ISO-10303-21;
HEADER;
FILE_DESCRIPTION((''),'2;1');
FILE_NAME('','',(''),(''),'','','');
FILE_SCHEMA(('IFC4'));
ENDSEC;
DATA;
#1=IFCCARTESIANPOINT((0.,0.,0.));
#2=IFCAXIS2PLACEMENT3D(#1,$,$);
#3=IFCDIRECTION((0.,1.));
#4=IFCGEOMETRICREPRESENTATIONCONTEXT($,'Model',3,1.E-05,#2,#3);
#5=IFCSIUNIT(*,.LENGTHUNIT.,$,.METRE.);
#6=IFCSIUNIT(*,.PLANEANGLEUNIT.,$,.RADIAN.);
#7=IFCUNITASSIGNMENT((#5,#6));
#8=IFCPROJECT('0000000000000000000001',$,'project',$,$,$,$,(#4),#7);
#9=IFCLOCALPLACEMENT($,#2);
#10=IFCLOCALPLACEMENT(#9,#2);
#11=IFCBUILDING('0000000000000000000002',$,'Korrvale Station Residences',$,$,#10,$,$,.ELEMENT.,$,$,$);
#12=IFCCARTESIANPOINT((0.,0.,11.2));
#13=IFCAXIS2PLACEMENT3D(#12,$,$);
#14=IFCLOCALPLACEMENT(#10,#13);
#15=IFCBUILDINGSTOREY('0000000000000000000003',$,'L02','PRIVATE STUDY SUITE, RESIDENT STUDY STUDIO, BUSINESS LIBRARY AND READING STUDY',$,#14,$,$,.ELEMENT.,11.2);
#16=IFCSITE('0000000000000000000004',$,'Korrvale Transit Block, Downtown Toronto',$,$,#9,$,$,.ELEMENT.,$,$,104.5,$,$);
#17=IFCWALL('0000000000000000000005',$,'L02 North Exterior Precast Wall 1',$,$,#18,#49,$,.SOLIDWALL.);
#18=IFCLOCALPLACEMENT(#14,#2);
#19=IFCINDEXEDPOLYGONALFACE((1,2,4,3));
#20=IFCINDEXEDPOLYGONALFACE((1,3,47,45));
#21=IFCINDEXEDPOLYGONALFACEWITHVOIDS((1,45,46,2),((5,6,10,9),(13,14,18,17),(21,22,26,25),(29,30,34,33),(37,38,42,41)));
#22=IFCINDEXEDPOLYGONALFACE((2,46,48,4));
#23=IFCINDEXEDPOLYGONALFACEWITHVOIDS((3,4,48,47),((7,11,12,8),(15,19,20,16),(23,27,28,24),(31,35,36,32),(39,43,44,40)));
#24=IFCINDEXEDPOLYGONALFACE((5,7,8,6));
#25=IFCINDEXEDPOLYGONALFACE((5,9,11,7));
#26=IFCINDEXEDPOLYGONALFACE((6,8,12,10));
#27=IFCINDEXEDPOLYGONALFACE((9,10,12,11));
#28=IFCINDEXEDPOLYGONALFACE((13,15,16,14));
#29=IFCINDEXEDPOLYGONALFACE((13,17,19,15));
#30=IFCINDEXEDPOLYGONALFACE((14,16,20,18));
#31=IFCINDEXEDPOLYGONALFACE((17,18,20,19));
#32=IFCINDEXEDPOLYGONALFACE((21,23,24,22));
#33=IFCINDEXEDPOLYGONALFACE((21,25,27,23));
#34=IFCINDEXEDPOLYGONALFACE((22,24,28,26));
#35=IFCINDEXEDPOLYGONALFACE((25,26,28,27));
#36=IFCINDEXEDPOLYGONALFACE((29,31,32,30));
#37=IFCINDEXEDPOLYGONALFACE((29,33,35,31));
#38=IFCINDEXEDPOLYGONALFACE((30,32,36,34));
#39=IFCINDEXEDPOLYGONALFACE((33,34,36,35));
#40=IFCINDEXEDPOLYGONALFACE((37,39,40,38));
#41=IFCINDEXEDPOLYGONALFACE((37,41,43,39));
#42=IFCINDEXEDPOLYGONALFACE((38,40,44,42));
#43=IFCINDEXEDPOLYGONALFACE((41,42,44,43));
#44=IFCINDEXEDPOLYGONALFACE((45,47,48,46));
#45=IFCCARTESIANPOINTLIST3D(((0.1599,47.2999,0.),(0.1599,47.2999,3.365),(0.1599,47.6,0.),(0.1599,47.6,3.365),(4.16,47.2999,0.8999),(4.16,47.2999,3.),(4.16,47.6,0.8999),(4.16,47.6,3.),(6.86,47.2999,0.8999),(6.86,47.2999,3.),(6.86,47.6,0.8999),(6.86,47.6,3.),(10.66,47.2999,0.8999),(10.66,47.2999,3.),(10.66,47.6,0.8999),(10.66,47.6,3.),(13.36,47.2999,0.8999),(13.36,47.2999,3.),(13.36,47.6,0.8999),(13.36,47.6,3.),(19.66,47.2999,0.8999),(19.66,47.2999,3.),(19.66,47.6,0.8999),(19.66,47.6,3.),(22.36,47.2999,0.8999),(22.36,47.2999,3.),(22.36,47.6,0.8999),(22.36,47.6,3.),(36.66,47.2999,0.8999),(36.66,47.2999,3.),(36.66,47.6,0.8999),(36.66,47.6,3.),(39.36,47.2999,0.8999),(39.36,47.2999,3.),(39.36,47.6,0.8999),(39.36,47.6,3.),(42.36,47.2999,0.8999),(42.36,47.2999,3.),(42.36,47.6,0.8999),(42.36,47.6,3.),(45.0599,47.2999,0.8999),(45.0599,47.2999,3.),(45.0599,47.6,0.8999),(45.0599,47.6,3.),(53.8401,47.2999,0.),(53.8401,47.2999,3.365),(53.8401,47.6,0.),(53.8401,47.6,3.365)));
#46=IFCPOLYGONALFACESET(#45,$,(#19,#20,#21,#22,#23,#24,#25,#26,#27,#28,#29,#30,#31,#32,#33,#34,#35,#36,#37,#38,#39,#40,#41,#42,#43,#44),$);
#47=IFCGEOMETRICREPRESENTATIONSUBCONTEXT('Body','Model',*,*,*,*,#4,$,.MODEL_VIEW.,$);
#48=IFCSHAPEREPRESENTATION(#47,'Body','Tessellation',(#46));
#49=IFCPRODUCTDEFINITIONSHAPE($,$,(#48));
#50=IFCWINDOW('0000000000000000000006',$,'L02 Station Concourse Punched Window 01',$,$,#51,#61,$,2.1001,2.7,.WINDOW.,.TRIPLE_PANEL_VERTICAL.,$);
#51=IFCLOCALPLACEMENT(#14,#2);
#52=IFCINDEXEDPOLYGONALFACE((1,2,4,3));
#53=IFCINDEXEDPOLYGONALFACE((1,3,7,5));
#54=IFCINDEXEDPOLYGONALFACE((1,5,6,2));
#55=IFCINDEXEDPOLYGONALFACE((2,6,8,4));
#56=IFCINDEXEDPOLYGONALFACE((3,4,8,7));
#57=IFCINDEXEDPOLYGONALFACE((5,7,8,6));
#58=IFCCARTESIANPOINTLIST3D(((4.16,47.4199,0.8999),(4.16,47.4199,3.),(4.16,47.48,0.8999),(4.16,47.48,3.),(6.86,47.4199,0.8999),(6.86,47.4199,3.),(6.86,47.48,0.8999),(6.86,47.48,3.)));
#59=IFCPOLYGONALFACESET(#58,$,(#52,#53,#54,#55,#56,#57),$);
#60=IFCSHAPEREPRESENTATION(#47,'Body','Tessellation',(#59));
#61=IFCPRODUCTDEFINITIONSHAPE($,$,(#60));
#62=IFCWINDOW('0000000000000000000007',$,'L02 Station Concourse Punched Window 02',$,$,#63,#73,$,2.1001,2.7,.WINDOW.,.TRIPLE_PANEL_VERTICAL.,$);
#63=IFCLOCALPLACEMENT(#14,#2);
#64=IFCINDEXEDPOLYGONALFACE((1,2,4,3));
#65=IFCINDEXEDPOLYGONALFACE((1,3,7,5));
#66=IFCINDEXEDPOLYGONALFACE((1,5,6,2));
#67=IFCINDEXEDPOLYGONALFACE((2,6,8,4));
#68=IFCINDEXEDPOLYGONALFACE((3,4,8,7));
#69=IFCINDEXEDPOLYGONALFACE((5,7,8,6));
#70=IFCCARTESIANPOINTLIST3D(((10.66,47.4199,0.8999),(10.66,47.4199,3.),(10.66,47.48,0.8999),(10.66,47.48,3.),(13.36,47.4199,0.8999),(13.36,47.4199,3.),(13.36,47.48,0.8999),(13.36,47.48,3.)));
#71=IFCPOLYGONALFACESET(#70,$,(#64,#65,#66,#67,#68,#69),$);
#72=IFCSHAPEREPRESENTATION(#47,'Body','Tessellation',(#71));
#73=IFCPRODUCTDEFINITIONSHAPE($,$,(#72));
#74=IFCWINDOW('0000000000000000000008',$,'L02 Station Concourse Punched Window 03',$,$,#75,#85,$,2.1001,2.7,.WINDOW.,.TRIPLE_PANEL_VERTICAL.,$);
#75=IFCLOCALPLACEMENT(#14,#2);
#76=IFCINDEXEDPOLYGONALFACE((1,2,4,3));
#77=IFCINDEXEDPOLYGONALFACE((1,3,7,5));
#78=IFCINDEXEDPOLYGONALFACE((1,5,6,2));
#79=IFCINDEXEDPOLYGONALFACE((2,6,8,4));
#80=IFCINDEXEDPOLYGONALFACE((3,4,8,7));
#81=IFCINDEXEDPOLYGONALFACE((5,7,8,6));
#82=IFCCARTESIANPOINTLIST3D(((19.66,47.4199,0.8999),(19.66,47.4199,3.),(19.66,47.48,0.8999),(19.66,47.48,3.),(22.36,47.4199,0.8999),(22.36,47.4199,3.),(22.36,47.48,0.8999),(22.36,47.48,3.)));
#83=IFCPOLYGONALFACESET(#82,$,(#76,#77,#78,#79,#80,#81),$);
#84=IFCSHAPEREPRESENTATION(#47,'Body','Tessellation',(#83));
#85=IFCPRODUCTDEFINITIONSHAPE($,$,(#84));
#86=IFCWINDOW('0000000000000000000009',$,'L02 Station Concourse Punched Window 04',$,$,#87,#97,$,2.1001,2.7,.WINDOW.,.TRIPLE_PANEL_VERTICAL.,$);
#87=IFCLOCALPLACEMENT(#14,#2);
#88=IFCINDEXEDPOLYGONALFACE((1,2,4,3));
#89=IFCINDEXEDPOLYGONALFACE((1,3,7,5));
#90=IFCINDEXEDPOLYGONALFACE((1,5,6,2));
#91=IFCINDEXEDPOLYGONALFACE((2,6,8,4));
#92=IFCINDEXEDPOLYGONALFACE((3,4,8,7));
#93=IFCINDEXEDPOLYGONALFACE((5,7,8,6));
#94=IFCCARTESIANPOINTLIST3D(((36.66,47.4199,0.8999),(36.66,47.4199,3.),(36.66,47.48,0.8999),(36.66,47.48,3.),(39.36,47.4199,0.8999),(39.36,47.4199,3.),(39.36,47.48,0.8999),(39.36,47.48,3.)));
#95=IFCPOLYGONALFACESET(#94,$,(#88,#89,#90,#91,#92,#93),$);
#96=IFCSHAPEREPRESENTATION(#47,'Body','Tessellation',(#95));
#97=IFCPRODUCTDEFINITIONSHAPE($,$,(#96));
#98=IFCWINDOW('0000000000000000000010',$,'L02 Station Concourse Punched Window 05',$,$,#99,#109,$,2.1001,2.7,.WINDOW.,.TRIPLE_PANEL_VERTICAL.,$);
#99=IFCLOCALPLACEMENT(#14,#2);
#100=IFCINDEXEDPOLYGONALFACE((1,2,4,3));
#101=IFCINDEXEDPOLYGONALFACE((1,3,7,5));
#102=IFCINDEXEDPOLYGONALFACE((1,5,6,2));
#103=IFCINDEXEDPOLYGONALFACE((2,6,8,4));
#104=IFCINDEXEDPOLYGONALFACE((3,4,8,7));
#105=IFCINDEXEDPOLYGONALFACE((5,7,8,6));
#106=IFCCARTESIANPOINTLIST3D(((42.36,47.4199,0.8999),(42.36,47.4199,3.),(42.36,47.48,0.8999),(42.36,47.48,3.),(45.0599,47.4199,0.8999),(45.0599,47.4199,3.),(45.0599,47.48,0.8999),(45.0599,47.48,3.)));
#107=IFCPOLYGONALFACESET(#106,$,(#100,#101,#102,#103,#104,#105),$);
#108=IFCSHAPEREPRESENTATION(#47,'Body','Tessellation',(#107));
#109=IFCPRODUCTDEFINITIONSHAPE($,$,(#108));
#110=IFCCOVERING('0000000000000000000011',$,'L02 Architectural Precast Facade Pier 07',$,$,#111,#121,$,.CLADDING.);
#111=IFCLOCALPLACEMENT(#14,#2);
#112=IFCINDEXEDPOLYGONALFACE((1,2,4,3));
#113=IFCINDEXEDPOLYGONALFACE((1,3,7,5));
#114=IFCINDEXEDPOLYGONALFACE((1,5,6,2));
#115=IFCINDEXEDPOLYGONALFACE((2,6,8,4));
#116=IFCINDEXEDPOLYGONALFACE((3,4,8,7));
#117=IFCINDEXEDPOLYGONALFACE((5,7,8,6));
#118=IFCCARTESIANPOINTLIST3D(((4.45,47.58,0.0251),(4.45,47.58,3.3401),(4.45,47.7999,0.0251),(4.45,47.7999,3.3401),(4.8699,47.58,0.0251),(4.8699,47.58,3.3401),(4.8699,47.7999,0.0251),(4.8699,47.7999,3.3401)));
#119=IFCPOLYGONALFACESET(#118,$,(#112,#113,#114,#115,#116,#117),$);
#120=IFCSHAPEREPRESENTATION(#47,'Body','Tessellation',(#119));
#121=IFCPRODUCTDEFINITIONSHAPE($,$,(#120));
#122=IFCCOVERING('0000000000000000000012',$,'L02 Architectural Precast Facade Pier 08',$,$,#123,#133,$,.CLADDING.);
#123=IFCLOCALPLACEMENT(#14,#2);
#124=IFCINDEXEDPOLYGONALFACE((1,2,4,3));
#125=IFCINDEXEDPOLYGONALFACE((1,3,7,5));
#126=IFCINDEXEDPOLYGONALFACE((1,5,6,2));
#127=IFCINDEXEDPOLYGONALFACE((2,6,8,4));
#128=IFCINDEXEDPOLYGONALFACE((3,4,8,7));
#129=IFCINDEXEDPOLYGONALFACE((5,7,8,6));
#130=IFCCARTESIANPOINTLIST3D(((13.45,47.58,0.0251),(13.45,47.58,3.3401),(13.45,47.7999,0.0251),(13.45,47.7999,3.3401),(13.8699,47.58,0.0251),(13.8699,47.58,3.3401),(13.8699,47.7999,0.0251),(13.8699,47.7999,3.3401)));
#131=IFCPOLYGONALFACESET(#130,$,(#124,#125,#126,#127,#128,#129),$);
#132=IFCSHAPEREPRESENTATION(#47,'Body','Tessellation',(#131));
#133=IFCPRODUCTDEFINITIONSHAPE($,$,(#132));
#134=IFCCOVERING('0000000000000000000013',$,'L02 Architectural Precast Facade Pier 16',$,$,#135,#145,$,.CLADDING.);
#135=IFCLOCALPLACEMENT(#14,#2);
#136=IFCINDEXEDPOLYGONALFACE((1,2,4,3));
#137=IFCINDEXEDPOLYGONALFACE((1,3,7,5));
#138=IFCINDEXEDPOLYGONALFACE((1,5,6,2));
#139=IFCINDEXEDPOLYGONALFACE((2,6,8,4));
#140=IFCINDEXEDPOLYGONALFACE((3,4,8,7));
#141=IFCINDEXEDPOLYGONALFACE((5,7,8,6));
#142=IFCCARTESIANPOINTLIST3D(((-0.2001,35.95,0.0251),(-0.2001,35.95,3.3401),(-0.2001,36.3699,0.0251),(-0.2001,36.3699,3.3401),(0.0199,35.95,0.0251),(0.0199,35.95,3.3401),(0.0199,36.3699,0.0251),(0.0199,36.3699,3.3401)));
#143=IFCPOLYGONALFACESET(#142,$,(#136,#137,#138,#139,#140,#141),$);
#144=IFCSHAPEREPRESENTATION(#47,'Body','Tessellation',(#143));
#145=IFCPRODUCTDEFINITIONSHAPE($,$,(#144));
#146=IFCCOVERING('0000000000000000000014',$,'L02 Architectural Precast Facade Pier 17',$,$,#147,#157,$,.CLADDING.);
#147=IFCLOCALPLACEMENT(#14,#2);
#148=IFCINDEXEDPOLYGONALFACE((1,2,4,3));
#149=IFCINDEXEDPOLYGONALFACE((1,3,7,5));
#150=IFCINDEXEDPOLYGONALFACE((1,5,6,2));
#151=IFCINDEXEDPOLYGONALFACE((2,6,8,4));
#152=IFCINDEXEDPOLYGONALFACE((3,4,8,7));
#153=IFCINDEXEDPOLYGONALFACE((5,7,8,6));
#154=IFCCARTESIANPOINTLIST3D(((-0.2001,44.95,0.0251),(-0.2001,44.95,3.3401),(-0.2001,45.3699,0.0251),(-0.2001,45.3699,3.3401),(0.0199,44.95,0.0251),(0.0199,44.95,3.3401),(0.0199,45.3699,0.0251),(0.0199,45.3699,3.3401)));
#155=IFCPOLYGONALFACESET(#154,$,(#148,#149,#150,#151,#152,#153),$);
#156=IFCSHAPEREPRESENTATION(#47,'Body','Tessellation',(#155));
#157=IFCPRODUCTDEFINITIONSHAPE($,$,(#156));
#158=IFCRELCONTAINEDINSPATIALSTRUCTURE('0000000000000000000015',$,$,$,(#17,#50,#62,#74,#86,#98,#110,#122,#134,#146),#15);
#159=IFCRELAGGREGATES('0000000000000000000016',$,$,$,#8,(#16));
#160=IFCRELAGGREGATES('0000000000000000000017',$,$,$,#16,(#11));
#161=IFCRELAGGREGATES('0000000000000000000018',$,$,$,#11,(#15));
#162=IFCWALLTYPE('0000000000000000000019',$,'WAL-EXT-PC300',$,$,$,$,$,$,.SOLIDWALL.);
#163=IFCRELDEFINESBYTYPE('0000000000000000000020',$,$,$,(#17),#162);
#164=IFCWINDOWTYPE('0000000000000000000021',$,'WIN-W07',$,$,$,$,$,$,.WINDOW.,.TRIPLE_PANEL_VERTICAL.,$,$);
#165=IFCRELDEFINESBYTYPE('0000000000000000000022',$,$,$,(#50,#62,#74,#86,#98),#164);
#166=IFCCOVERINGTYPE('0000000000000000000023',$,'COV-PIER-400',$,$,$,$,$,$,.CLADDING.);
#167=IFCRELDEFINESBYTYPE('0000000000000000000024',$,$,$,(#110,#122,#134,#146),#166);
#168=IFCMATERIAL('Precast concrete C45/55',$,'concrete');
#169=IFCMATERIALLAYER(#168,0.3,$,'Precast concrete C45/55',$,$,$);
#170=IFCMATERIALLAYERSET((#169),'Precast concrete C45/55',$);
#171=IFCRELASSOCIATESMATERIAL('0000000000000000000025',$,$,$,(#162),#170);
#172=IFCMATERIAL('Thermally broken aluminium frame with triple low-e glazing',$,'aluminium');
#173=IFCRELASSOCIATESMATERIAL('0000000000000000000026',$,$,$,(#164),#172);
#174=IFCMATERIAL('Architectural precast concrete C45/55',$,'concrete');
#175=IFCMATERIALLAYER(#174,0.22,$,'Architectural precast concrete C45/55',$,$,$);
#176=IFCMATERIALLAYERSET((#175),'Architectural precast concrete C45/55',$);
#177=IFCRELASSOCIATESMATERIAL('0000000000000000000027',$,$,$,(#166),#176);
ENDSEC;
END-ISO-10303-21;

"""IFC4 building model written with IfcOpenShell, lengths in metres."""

from ifc_helpers import new_model, si_unit, direction, frame, frame_2d, origin, origin_2d, place, context, subcontext, project, spatial, rectangle, extrude, material, layer, layer_set, type_object, element, fill, save


model = new_model("IFC4")

# Units and contexts
model_context = context("Model", 3, precision=1e-05, world=origin(), true_north=direction((0.0, 1.0)))
body_context = subcontext(model_context, "Body", "Model", "MODEL_VIEW")
ifc_project = project(units=[si_unit("LENGTHUNIT", "METRE"), si_unit("PLANEANGLEUNIT", "RADIAN")], contexts=[model_context])

# Site, building, storey
site_placement = place(None, origin())
site = spatial("IfcSite", under=ifc_project, at=site_placement, Name="Korrvale Transit Block, Downtown Toronto", CompositionType="ELEMENT", RefElevation=104.5)
building_placement = place(site_placement, origin())
building = spatial("IfcBuilding", under=site, at=building_placement, Name="Korrvale Station Residences", CompositionType="ELEMENT")
storey_placement = place(building_placement, frame((0.0, 0.0, 11.2)))
storey = spatial("IfcBuildingStorey", under=building, at=storey_placement, Name="L02", Description="PRIVATE STUDY SUITE, RESIDENT STUDY STUDIO, BUSINESS LIBRARY AND READING STUDY", CompositionType="ELEMENT", Elevation=11.2)

# Wall, openings, windows
ifc_material_1 = material(Name="Precast concrete C45/55", Category="concrete")
ifc_layer_1 = layer(ifc_material_1, 0.3, Name="Precast concrete C45/55")
ifc_layer_set_1 = layer_set([ifc_layer_1], Name="Precast concrete C45/55")
wall_type = type_object("IfcWallType", Name="WAL-EXT-PC300", PredefinedType="SOLIDWALL", material=ifc_layer_set_1)
wall_placement = place(storey_placement, frame((0.1599, 47.45, 0.0), z_axis=(0.0, 0.0, 1.0), x_axis=(1.0, 0.0, 0.0)))
wall = element("IfcWall", 1, at=wall_placement, inside=storey, type_object=wall_type, Name="L02 North Exterior Precast Wall 1", PredefinedType="SOLIDWALL", context=body_context, shape_type="SweptSolid", body=[
    extrude(rectangle(XDim=53.6802, YDim=0.3, at=frame_2d((26.8401, 0.0))), origin(), (0.0, 0.0, 1.0), 3.365),
])
opening_1_placement = place(wall_placement, frame((4.0, 0.0, 0.8999)))
opening_1 = element("IfcOpeningElement", 2, at=opening_1_placement, cuts=wall, PredefinedType="OPENING", context=body_context, shape_type="SweptSolid", body=[
    extrude(rectangle(XDim=2.7, YDim=2.1001, at=frame_2d((1.3501, 1.05))), frame((0.0, 0.1602, 0.0), z_axis=(0.0, -1.0, 0.0), x_axis=(1.0, 0.0, 0.0)), (0.0, 0.0, 1.0), 0.3201),
])
opening_2_placement = place(wall_placement, frame((10.5, 0.0, 0.8999)))
opening_2 = element("IfcOpeningElement", 3, at=opening_2_placement, cuts=wall, PredefinedType="OPENING", context=body_context, shape_type="SweptSolid", body=[
    extrude(rectangle(XDim=2.7, YDim=2.1001, at=frame_2d((1.3501, 1.05))), frame((0.0, 0.1602, 0.0), z_axis=(0.0, -1.0, 0.0), x_axis=(1.0, 0.0, 0.0)), (0.0, 0.0, 1.0), 0.3201),
])
opening_3_placement = place(wall_placement, frame((19.5, 0.0, 0.8999)))
opening_3 = element("IfcOpeningElement", 4, at=opening_3_placement, cuts=wall, PredefinedType="OPENING", context=body_context, shape_type="SweptSolid", body=[
    extrude(rectangle(XDim=2.7, YDim=2.1001, at=frame_2d((1.3501, 1.05))), frame((0.0, 0.1602, 0.0), z_axis=(0.0, -1.0, 0.0), x_axis=(1.0, 0.0, 0.0)), (0.0, 0.0, 1.0), 0.3201),
])
opening_4_placement = place(wall_placement, frame((36.5, 0.0, 0.8999)))
opening_4 = element("IfcOpeningElement", 5, at=opening_4_placement, cuts=wall, PredefinedType="OPENING", context=body_context, shape_type="SweptSolid", body=[
    extrude(rectangle(XDim=2.7, YDim=2.1001, at=frame_2d((1.3501, 1.05))), frame((0.0, 0.1602, 0.0), z_axis=(0.0, -1.0, 0.0), x_axis=(1.0, 0.0, 0.0)), (0.0, 0.0, 1.0), 0.3201),
])
opening_5_placement = place(wall_placement, frame((42.2, 0.0, 0.8999)))
opening_5 = element("IfcOpeningElement", 6, at=opening_5_placement, cuts=wall, PredefinedType="OPENING", context=body_context, shape_type="SweptSolid", body=[
    extrude(rectangle(XDim=2.7, YDim=2.1001, at=frame_2d((1.3501, 1.05))), frame((0.0, 0.1602, 0.0), z_axis=(0.0, -1.0, 0.0), x_axis=(1.0, 0.0, 0.0)), (0.0, 0.0, 1.0), 0.3201),
])
ifc_material_2 = material(Name="Thermally broken aluminium frame with triple low-e glazing", Category="aluminium")
window_type = type_object("IfcWindowType", Name="WIN-W07", PartitioningType="TRIPLE_PANEL_VERTICAL", PredefinedType="WINDOW", material=ifc_material_2)
window_1_placement = place(opening_1_placement, origin())
window_1 = element("IfcWindow", 7, at=window_1_placement, inside=storey, type_object=window_type, Name="L02 Station Concourse Punched Window 01", OverallHeight=2.1001, OverallWidth=2.7, PartitioningType="TRIPLE_PANEL_VERTICAL", PredefinedType="WINDOW", context=body_context, shape_type="SweptSolid", body=[
    extrude(rectangle(XDim=2.7, YDim=2.1001, at=frame_2d((1.3501, 1.05))), frame((0.0, 0.03, 0.0), z_axis=(0.0, -1.0, 0.0), x_axis=(1.0, 0.0, 0.0)), (0.0, 0.0, 1.0), 0.0601),
])
fill(opening_1, window_1)
window_2_placement = place(opening_2_placement, origin())
window_2 = element("IfcWindow", 8, at=window_2_placement, inside=storey, type_object=window_type, Name="L02 Station Concourse Punched Window 02", OverallHeight=2.1001, OverallWidth=2.7, PartitioningType="TRIPLE_PANEL_VERTICAL", PredefinedType="WINDOW", context=body_context, shape_type="SweptSolid", body=[
    extrude(rectangle(XDim=2.7, YDim=2.1001, at=frame_2d((1.3501, 1.05))), frame((0.0, 0.03, 0.0), z_axis=(0.0, -1.0, 0.0), x_axis=(1.0, 0.0, 0.0)), (0.0, 0.0, 1.0), 0.0601),
])
fill(opening_2, window_2)
window_3_placement = place(opening_3_placement, origin())
window_3 = element("IfcWindow", 9, at=window_3_placement, inside=storey, type_object=window_type, Name="L02 Station Concourse Punched Window 03", OverallHeight=2.1001, OverallWidth=2.7, PartitioningType="TRIPLE_PANEL_VERTICAL", PredefinedType="WINDOW", context=body_context, shape_type="SweptSolid", body=[
    extrude(rectangle(XDim=2.7, YDim=2.1001, at=frame_2d((1.3501, 1.05))), frame((0.0, 0.03, 0.0), z_axis=(0.0, -1.0, 0.0), x_axis=(1.0, 0.0, 0.0)), (0.0, 0.0, 1.0), 0.0601),
])
fill(opening_3, window_3)
window_4_placement = place(opening_4_placement, origin())
window_4 = element("IfcWindow", 10, at=window_4_placement, inside=storey, type_object=window_type, Name="L02 Station Concourse Punched Window 04", OverallHeight=2.1001, OverallWidth=2.7, PartitioningType="TRIPLE_PANEL_VERTICAL", PredefinedType="WINDOW", context=body_context, shape_type="SweptSolid", body=[
    extrude(rectangle(XDim=2.7, YDim=2.1001, at=frame_2d((1.3501, 1.05))), frame((0.0, 0.03, 0.0), z_axis=(0.0, -1.0, 0.0), x_axis=(1.0, 0.0, 0.0)), (0.0, 0.0, 1.0), 0.0601),
])
fill(opening_4, window_4)
window_5_placement = place(opening_5_placement, origin())
window_5 = element("IfcWindow", 11, at=window_5_placement, inside=storey, type_object=window_type, Name="L02 Station Concourse Punched Window 05", OverallHeight=2.1001, OverallWidth=2.7, PartitioningType="TRIPLE_PANEL_VERTICAL", PredefinedType="WINDOW", context=body_context, shape_type="SweptSolid", body=[
    extrude(rectangle(XDim=2.7, YDim=2.1001, at=frame_2d((1.3501, 1.05))), frame((0.0, 0.03, 0.0), z_axis=(0.0, -1.0, 0.0), x_axis=(1.0, 0.0, 0.0)), (0.0, 0.0, 1.0), 0.0601),
])
fill(opening_5, window_5)

# Coverings
ifc_material_3 = material(Name="Architectural precast concrete C45/55", Category="concrete")
ifc_layer_2 = layer(ifc_material_3, 0.22, Name="Architectural precast concrete C45/55")
ifc_layer_set_2 = layer_set([ifc_layer_2], Name="Architectural precast concrete C45/55")
covering_type = type_object("IfcCoveringType", Name="COV-PIER-400", PredefinedType="CLADDING", material=ifc_layer_set_2)
for number, where, z_axis, x_axis, name in (
    (12, (4.6599, 47.6899, 0.0251), (0.0, 0.0, 1.0), (1.0, 0.0, 0.0), "L02 Architectural Precast Facade Pier 07"),
    (13, (13.6599, 47.6899, 0.0251), (0.0, 0.0, 1.0), (1.0, 0.0, 0.0), "L02 Architectural Precast Facade Pier 08"),
    (14, (-0.0901, 36.1599, 0.0251), (0.0, 0.0, 1.0), (0.0, 1.0, 0.0), "L02 Architectural Precast Facade Pier 16"),
    (15, (-0.0901, 45.1599, 0.0251), (0.0, 0.0, 1.0), (0.0, 1.0, 0.0), "L02 Architectural Precast Facade Pier 17"),
):
    element("IfcCovering", number, at=place(storey_placement, frame(where, z_axis=z_axis, x_axis=x_axis)), inside=storey, type_object=covering_type, Name=name, PredefinedType="CLADDING", context=body_context, shape_type="SweptSolid", body=[
        extrude(rectangle(XDim=0.4199, YDim=0.22, at=origin_2d()), origin(), (0.0, 0.0, 1.0), 3.3149),
    ])

save(model, "model.ifc")
